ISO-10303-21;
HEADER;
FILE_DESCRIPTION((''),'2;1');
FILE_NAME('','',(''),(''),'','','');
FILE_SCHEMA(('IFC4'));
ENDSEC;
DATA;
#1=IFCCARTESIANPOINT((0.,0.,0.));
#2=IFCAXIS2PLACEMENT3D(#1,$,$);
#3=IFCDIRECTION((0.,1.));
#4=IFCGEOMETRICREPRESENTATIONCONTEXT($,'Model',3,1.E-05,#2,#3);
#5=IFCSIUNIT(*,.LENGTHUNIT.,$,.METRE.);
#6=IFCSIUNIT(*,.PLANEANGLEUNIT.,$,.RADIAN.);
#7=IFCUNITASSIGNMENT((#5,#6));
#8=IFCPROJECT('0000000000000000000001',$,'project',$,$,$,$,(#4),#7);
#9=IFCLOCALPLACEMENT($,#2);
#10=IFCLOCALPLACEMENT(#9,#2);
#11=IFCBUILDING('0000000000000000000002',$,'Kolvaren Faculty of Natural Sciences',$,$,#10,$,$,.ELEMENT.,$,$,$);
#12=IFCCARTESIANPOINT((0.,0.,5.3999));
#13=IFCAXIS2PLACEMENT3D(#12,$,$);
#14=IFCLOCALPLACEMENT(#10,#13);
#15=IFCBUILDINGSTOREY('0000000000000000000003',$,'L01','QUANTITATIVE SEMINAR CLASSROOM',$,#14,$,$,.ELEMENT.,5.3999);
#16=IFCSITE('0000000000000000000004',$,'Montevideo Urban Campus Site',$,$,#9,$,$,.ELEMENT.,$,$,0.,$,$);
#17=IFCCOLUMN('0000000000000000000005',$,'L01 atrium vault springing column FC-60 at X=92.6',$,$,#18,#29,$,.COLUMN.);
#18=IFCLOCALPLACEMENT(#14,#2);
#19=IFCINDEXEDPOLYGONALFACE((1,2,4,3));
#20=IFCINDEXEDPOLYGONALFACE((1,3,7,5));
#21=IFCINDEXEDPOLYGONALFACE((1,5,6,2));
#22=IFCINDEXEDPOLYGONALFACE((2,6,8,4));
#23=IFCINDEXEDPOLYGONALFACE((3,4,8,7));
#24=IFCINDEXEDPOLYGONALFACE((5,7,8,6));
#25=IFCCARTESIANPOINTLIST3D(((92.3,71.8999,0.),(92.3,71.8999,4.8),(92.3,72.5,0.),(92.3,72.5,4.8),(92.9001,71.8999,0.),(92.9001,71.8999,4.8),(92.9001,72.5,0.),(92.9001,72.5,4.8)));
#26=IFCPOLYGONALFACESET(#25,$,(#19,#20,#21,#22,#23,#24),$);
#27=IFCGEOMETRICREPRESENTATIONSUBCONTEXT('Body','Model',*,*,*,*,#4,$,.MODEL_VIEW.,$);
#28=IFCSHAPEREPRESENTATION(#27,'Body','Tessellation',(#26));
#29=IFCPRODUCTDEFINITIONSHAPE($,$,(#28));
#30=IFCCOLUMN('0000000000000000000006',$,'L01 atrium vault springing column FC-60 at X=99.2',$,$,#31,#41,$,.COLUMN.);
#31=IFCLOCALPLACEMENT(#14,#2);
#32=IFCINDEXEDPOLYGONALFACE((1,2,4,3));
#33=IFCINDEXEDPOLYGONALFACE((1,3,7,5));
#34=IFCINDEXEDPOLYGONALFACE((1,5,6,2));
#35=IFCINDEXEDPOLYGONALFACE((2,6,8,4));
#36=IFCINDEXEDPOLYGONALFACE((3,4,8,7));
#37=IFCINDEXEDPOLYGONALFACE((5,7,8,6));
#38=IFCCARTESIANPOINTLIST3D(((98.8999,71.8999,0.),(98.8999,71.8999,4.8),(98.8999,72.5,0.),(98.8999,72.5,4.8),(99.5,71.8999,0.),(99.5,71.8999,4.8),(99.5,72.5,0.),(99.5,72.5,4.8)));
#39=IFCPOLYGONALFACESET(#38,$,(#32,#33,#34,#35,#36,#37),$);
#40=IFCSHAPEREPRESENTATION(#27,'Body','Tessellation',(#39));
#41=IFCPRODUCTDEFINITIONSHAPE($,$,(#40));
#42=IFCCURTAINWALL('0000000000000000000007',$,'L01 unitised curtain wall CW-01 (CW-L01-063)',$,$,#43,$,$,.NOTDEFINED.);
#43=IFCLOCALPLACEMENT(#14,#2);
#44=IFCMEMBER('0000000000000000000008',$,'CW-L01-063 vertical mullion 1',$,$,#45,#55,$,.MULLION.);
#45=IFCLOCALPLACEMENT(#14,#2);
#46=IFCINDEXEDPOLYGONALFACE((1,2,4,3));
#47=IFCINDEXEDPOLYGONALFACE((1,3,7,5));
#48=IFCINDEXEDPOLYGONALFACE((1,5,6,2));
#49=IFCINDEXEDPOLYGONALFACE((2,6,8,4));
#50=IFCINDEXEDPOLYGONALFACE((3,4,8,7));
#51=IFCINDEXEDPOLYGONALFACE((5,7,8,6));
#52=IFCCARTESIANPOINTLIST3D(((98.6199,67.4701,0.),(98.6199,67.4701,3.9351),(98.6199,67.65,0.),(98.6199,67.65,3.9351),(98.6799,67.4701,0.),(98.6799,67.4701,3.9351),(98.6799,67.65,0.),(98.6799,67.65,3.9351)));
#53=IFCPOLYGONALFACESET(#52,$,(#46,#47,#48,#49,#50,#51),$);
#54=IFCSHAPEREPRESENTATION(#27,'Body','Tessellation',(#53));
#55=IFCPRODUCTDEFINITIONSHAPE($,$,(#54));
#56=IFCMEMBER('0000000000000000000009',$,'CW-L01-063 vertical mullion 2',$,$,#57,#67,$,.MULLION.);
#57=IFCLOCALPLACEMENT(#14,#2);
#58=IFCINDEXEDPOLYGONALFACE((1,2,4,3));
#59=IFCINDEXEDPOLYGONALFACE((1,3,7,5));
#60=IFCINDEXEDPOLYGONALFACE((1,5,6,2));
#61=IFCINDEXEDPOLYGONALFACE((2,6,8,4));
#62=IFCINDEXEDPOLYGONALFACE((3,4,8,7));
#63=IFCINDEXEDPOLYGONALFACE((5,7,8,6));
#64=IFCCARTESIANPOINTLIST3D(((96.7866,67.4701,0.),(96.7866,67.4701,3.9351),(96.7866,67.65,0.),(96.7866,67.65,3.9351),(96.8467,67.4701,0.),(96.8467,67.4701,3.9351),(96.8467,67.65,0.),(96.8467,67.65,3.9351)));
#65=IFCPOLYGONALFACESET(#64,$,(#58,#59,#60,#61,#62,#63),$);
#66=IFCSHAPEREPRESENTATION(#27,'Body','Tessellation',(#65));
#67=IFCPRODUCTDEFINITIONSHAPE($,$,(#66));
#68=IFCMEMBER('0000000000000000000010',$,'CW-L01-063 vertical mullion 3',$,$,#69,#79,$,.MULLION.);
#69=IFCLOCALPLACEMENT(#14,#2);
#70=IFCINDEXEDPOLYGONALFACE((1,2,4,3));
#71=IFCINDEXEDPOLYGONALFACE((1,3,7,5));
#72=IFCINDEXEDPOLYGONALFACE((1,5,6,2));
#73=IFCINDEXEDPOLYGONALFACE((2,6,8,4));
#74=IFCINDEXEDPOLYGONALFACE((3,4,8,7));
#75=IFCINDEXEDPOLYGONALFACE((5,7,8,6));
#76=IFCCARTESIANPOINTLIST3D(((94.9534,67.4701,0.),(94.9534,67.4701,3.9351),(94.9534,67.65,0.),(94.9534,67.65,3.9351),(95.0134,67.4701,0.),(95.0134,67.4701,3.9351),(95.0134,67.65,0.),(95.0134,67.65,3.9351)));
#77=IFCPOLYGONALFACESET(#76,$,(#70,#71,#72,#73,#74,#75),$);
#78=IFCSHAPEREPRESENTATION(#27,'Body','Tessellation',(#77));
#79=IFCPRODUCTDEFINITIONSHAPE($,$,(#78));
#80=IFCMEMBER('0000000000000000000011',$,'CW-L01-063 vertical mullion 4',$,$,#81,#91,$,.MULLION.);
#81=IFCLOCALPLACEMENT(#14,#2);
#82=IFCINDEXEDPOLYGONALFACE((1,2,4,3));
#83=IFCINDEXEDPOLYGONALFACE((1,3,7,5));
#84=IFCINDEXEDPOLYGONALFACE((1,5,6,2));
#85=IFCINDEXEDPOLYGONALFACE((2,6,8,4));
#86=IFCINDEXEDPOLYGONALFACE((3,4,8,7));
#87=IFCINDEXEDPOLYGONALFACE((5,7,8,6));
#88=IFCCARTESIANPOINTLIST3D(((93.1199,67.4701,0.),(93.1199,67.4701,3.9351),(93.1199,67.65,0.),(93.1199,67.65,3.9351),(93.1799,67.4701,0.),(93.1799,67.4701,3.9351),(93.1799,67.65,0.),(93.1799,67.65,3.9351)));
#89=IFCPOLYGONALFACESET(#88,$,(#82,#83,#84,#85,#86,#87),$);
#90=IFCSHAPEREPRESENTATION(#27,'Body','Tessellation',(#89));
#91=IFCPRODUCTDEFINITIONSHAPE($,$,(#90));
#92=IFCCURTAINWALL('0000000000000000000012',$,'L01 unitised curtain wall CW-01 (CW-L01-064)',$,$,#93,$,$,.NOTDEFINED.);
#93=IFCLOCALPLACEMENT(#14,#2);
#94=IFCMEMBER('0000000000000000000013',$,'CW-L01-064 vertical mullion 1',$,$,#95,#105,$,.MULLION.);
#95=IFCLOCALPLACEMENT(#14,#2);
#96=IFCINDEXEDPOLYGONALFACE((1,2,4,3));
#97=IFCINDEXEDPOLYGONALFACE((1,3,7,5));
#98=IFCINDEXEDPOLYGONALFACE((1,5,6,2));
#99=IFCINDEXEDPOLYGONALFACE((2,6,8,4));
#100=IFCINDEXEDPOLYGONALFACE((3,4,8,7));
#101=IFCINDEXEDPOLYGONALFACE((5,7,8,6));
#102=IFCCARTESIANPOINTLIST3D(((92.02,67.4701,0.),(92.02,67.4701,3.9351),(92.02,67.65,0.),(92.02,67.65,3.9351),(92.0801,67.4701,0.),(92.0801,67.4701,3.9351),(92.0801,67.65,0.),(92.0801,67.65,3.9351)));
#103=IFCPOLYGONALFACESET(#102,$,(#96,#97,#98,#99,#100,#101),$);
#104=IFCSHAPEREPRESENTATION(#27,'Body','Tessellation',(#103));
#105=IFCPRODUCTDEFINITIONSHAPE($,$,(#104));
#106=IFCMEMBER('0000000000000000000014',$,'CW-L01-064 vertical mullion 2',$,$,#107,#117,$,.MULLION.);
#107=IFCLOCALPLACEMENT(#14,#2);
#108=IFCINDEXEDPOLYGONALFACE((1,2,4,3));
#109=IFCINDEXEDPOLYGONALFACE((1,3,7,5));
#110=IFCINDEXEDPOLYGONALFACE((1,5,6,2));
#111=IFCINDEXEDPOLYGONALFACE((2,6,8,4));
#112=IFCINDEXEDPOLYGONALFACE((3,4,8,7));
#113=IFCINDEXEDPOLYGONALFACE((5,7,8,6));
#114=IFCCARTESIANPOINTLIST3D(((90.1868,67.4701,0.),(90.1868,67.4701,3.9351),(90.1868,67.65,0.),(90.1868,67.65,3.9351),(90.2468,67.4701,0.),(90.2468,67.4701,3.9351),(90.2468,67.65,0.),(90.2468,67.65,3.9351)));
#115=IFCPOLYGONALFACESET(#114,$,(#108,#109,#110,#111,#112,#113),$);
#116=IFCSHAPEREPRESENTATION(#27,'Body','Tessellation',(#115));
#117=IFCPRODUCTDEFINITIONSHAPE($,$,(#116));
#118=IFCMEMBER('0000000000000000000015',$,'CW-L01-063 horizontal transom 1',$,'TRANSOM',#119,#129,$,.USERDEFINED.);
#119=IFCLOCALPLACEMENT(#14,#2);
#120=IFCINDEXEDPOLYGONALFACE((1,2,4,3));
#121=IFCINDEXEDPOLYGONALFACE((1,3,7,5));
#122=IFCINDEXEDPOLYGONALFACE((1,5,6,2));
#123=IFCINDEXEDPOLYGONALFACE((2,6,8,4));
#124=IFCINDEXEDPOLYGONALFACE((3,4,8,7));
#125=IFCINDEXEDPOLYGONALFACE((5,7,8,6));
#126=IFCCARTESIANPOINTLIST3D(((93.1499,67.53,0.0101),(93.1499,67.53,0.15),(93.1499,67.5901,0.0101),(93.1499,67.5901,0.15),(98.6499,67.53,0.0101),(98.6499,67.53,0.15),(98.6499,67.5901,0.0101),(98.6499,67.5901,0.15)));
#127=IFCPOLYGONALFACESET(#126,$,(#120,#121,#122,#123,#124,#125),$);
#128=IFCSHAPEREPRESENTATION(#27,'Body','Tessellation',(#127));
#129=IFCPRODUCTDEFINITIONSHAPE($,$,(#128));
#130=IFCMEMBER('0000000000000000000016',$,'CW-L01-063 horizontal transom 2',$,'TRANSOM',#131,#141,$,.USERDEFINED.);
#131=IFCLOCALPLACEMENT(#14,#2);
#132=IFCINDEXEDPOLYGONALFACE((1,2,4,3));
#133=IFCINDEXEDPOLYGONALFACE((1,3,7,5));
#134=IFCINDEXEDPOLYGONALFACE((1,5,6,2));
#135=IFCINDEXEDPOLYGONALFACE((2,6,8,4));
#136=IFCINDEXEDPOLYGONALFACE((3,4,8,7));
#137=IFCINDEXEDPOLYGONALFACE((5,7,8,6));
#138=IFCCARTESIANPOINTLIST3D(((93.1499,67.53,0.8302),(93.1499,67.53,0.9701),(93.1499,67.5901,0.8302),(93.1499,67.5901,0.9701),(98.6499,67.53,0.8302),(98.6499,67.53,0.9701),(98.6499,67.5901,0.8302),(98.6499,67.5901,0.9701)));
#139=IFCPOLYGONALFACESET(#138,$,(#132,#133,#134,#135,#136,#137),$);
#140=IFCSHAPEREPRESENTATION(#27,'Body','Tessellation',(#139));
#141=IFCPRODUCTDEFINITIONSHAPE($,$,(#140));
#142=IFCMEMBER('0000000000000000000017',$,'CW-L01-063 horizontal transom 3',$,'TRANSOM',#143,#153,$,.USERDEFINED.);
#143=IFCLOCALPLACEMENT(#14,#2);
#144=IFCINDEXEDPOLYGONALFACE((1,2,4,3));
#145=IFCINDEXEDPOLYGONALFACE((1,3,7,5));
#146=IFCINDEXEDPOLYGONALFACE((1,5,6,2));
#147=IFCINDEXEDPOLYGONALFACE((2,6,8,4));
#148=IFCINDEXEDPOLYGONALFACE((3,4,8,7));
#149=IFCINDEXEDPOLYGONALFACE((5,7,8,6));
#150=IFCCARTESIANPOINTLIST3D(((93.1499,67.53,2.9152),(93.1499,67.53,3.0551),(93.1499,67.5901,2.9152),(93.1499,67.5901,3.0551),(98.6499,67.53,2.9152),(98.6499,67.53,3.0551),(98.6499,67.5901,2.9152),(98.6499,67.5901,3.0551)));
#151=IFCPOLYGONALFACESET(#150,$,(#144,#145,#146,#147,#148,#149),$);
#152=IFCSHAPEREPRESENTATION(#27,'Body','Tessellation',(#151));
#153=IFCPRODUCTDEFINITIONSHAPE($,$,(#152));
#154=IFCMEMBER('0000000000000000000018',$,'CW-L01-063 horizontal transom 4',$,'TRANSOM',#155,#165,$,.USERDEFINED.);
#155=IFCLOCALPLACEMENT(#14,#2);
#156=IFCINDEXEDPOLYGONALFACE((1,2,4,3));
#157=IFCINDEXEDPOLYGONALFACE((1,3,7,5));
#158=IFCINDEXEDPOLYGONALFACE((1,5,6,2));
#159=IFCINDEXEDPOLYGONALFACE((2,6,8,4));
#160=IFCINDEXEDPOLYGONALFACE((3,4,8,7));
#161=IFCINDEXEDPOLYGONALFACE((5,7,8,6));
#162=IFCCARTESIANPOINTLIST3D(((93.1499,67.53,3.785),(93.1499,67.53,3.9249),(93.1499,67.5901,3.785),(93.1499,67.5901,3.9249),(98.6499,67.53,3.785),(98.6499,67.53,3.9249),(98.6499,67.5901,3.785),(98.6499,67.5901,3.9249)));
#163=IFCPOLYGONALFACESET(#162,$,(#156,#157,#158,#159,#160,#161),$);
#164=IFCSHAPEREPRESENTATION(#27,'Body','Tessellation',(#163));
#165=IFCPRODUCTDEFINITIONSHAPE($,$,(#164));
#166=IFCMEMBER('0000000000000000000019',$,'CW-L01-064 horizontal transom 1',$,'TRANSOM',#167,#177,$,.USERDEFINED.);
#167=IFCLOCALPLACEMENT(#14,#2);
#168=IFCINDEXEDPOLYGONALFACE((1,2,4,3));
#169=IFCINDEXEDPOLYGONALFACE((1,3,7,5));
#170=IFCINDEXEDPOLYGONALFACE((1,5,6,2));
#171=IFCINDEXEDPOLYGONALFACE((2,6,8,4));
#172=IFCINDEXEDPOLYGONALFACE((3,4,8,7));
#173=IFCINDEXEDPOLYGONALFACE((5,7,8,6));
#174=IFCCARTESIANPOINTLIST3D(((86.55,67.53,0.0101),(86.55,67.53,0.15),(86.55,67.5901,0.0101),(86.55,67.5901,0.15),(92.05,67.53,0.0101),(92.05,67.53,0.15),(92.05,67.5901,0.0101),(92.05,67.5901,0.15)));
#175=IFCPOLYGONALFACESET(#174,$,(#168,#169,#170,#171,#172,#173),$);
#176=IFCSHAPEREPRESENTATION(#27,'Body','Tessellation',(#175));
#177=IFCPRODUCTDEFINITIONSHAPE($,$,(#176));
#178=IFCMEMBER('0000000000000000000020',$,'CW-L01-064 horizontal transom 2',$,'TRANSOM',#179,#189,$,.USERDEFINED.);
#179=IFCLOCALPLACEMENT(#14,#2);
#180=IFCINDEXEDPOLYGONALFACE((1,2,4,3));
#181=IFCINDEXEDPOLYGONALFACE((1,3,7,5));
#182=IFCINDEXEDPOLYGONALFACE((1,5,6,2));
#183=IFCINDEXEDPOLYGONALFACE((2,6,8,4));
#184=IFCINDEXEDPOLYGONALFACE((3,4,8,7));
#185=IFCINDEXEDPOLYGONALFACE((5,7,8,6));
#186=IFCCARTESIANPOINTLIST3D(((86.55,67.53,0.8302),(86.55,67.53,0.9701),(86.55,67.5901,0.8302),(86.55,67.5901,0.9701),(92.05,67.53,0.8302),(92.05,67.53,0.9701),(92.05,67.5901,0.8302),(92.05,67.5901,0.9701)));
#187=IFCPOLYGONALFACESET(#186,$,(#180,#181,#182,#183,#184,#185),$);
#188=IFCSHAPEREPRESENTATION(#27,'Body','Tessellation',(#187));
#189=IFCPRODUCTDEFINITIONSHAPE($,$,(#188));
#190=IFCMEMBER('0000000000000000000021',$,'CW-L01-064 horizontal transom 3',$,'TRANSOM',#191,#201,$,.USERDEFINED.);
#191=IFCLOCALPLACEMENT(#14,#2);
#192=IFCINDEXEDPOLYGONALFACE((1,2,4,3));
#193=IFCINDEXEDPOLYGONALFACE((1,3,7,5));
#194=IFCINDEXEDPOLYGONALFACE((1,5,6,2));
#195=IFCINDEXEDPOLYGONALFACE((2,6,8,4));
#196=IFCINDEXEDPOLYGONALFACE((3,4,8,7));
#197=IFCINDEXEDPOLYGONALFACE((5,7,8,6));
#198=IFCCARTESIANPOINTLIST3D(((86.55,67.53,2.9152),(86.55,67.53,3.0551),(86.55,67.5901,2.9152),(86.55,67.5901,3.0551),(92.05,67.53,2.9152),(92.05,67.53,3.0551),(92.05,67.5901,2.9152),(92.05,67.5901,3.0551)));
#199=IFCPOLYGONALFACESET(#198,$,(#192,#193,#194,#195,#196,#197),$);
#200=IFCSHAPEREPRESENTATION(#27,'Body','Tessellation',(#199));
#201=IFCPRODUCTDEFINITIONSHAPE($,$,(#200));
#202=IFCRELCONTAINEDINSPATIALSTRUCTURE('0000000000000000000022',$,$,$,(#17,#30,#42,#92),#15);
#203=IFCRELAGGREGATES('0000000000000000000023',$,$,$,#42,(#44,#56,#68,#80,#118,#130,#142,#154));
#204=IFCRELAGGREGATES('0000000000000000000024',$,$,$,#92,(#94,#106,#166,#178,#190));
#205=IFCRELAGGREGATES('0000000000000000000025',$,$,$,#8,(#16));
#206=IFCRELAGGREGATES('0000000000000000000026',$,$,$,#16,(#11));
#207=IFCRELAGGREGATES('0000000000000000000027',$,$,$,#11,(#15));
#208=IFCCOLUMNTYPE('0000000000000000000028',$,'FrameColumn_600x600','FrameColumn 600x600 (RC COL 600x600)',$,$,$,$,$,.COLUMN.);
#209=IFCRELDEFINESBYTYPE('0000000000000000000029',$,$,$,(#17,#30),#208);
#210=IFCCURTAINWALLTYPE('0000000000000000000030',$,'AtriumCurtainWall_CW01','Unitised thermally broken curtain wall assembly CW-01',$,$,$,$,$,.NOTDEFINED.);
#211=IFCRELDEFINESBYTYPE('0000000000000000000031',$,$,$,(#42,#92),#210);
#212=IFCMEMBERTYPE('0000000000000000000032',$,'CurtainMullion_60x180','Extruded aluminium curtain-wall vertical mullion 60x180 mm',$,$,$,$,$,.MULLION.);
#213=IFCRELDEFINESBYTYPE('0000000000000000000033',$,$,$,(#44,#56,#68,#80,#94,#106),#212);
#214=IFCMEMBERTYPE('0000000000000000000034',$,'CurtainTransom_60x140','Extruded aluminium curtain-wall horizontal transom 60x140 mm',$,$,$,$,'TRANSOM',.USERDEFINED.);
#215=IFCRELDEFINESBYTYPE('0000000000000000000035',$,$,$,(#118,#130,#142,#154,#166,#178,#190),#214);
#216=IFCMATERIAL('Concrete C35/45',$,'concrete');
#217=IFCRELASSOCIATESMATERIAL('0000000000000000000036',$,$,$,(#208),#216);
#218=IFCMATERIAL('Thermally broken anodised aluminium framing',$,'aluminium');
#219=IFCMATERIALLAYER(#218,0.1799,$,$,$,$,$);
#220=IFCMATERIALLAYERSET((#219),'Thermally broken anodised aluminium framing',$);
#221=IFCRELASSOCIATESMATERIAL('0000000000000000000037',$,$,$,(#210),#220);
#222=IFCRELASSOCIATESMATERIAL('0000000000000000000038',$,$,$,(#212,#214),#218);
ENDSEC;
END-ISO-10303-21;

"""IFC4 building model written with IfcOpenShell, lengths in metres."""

from ifc_helpers import new_model, si_unit, direction, frame, origin, origin_2d, place, context, subcontext, project, spatial, rectangle, extrude, material, layer, layer_set, material_profile, profile_set, type_object, element, aggregate, save


model = new_model("IFC4")

# Units and contexts
model_context = context("Model", 3, precision=1e-05, world=origin(), true_north=direction((0.0, 1.0)))
body_context = subcontext(model_context, "Body", "Model", "MODEL_VIEW")
ifc_project = project(units=[si_unit("LENGTHUNIT", "METRE"), si_unit("PLANEANGLEUNIT", "RADIAN")], contexts=[model_context])

# Site, building, storey
site_placement = place(None, origin())
site = spatial("IfcSite", under=ifc_project, at=site_placement, Name="Montevideo Urban Campus Site", CompositionType="ELEMENT", RefElevation=0.0)
building_placement = place(site_placement, origin())
building = spatial("IfcBuilding", under=site, at=building_placement, Name="Kolvaren Faculty of Natural Sciences", CompositionType="ELEMENT")
storey_placement = place(building_placement, frame((0.0, 0.0, 5.3999)))
storey = spatial("IfcBuildingStorey", under=building, at=storey_placement, Name="L01", Description="QUANTITATIVE SEMINAR CLASSROOM", CompositionType="ELEMENT", Elevation=5.3999)

# Columns
ifc_material_1 = material(Name="Concrete C35/45", Category="concrete")
ifc_material_profile_1 = material_profile(ifc_material_1, rectangle(XDim=0.6001, YDim=0.6001, at=origin_2d()), Name="RC COL 600x600")
ifc_profile_set_1 = profile_set([ifc_material_profile_1], Name="Concrete C35/45")
column_type = type_object("IfcColumnType", Name="FrameColumn_600x600", Description="FrameColumn 600x600 (RC COL 600x600)", PredefinedType="COLUMN", material=ifc_profile_set_1)
for number, where, z_axis, x_axis, name in (
    (1, (92.6001, 72.2, 0.0), (0.0, 0.0, 1.0), (1.0, 0.0, 0.0), "L01 atrium vault springing column FC-60 at X=92.6"),
    (2, (99.2, 72.2, 0.0), (0.0, 0.0, 1.0), (1.0, 0.0, 0.0), "L01 atrium vault springing column FC-60 at X=99.2"),
):
    element("IfcColumn", number, at=place(storey_placement, frame(where, z_axis=z_axis, x_axis=x_axis)), inside=storey, type_object=column_type, Name=name, PredefinedType="COLUMN", context=body_context, shape_type="SweptSolid", body=[
        extrude(rectangle(XDim=0.6001, YDim=0.6001, at=origin_2d()), origin(), (0.0, 0.0, 1.0), 4.8),
    ])

# Curtain walls, members
ifc_material_2 = material(Name="Thermally broken anodised aluminium framing", Category="aluminium")
ifc_layer_1 = layer(ifc_material_2, 0.1799)
ifc_layer_set_1 = layer_set([ifc_layer_1], Name="Thermally broken anodised aluminium framing")
curtain_wall_type = type_object("IfcCurtainWallType", Name="AtriumCurtainWall_CW01", Description="Unitised thermally broken curtain wall assembly CW-01", PredefinedType="NOTDEFINED", material=ifc_layer_set_1)
curtain_wall_1_placement = place(storey_placement, origin())
curtain_wall_1 = element("IfcCurtainWall", 3, at=curtain_wall_1_placement, inside=storey, type_object=curtain_wall_type, Name="L01 unitised curtain wall CW-01 (CW-L01-063)", PredefinedType="NOTDEFINED")
ifc_material_profile_2 = material_profile(ifc_material_2, rectangle(XDim=0.0601, YDim=0.1799, at=origin_2d()), Name="ALU MUL 60x180")
ifc_profile_set_2 = profile_set([ifc_material_profile_2], Name="Thermally broken anodised aluminium framing")
member_type_1 = type_object("IfcMemberType", Name="CurtainMullion_60x180", Description="Extruded aluminium curtain-wall vertical mullion 60x180 mm", PredefinedType="MULLION", material=ifc_profile_set_2)
member_1_placement = place(storey_placement, frame((98.6499, 67.5601, 0.0), z_axis=(0.0, 0.0, 1.0), x_axis=(-1.0, 0.0, 0.0)))
member_1 = element("IfcMember", 4, at=member_1_placement, type_object=member_type_1, Name="CW-L01-063 vertical mullion 1", PredefinedType="MULLION", context=body_context, shape_type="SweptSolid", body=[
    extrude(rectangle(XDim=0.0601, YDim=0.1799, at=origin_2d()), origin(), (0.0, 0.0, 1.0), 3.9351),
])
member_2_placement = place(storey_placement, frame((96.8167, 67.5601, 0.0), z_axis=(0.0, 0.0, 1.0), x_axis=(-1.0, 0.0, 0.0)))
member_2 = element("IfcMember", 5, at=member_2_placement, type_object=member_type_1, Name="CW-L01-063 vertical mullion 2", PredefinedType="MULLION", context=body_context, shape_type="SweptSolid", body=[
    extrude(rectangle(XDim=0.0601, YDim=0.1799, at=origin_2d()), origin(), (0.0, 0.0, 1.0), 3.9351),
])
member_3_placement = place(storey_placement, frame((94.9834, 67.5601, 0.0), z_axis=(0.0, 0.0, 1.0), x_axis=(-1.0, 0.0, 0.0)))
member_3 = element("IfcMember", 6, at=member_3_placement, type_object=member_type_1, Name="CW-L01-063 vertical mullion 3", PredefinedType="MULLION", context=body_context, shape_type="SweptSolid", body=[
    extrude(rectangle(XDim=0.0601, YDim=0.1799, at=origin_2d()), origin(), (0.0, 0.0, 1.0), 3.9351),
])
member_4_placement = place(storey_placement, frame((93.1499, 67.5601, 0.0), z_axis=(0.0, 0.0, 1.0), x_axis=(-1.0, 0.0, 0.0)))
member_4 = element("IfcMember", 7, at=member_4_placement, type_object=member_type_1, Name="CW-L01-063 vertical mullion 4", PredefinedType="MULLION", context=body_context, shape_type="SweptSolid", body=[
    extrude(rectangle(XDim=0.0601, YDim=0.1799, at=origin_2d()), origin(), (0.0, 0.0, 1.0), 3.9351),
])
curtain_wall_2_placement = place(storey_placement, origin())
curtain_wall_2 = element("IfcCurtainWall", 8, at=curtain_wall_2_placement, inside=storey, type_object=curtain_wall_type, Name="L01 unitised curtain wall CW-01 (CW-L01-064)", PredefinedType="NOTDEFINED")
member_5_placement = place(storey_placement, frame((92.05, 67.5601, 0.0), z_axis=(0.0, 0.0, 1.0), x_axis=(-1.0, 0.0, 0.0)))
member_5 = element("IfcMember", 9, at=member_5_placement, type_object=member_type_1, Name="CW-L01-064 vertical mullion 1", PredefinedType="MULLION", context=body_context, shape_type="SweptSolid", body=[
    extrude(rectangle(XDim=0.0601, YDim=0.1799, at=origin_2d()), origin(), (0.0, 0.0, 1.0), 3.9351),
])
member_6_placement = place(storey_placement, frame((90.2168, 67.5601, 0.0), z_axis=(0.0, 0.0, 1.0), x_axis=(-1.0, 0.0, 0.0)))
member_6 = element("IfcMember", 10, at=member_6_placement, type_object=member_type_1, Name="CW-L01-064 vertical mullion 2", PredefinedType="MULLION", context=body_context, shape_type="SweptSolid", body=[
    extrude(rectangle(XDim=0.0601, YDim=0.1799, at=origin_2d()), origin(), (0.0, 0.0, 1.0), 3.9351),
])

# Members
ifc_material_profile_3 = material_profile(ifc_material_2, rectangle(XDim=0.0601, YDim=0.1399, at=origin_2d()), Name="ALU TRN 60x140")
ifc_profile_set_3 = profile_set([ifc_material_profile_3], Name="Thermally broken anodised aluminium framing")
member_type_2 = type_object("IfcMemberType", Name="CurtainTransom_60x140", Description="Extruded aluminium curtain-wall horizontal transom 60x140 mm", ElementType="TRANSOM", PredefinedType="USERDEFINED", material=ifc_profile_set_3)
member_7_placement = place(storey_placement, frame((98.6499, 67.5601, 0.0801), z_axis=(-1.0, 0.0, 0.0), x_axis=(0.0, -1.0, 0.0)))
member_7 = element("IfcMember", 11, at=member_7_placement, type_object=member_type_2, Name="CW-L01-063 horizontal transom 1", ObjectType="TRANSOM", PredefinedType="USERDEFINED", context=body_context, shape_type="SweptSolid", body=[
    extrude(rectangle(XDim=0.0601, YDim=0.1399, at=origin_2d()), origin(), (0.0, 0.0, 1.0), 5.5),
])
member_8_placement = place(storey_placement, frame((98.6499, 67.5601, 0.9001), z_axis=(-1.0, 0.0, 0.0), x_axis=(0.0, -1.0, 0.0)))
member_8 = element("IfcMember", 12, at=member_8_placement, type_object=member_type_2, Name="CW-L01-063 horizontal transom 2", ObjectType="TRANSOM", PredefinedType="USERDEFINED", context=body_context, shape_type="SweptSolid", body=[
    extrude(rectangle(XDim=0.0601, YDim=0.1399, at=origin_2d()), origin(), (0.0, 0.0, 1.0), 5.5),
])
member_9_placement = place(storey_placement, frame((98.6499, 67.5601, 2.9851), z_axis=(-1.0, 0.0, 0.0), x_axis=(0.0, -1.0, 0.0)))
member_9 = element("IfcMember", 13, at=member_9_placement, type_object=member_type_2, Name="CW-L01-063 horizontal transom 3", ObjectType="TRANSOM", PredefinedType="USERDEFINED", context=body_context, shape_type="SweptSolid", body=[
    extrude(rectangle(XDim=0.0601, YDim=0.1399, at=origin_2d()), origin(), (0.0, 0.0, 1.0), 5.5),
])
member_10_placement = place(storey_placement, frame((98.6499, 67.5601, 3.855), z_axis=(-1.0, 0.0, 0.0), x_axis=(0.0, -1.0, 0.0)))
member_10 = element("IfcMember", 14, at=member_10_placement, type_object=member_type_2, Name="CW-L01-063 horizontal transom 4", ObjectType="TRANSOM", PredefinedType="USERDEFINED", context=body_context, shape_type="SweptSolid", body=[
    extrude(rectangle(XDim=0.0601, YDim=0.1399, at=origin_2d()), origin(), (0.0, 0.0, 1.0), 5.5),
])
member_11_placement = place(storey_placement, frame((92.05, 67.5601, 0.0801), z_axis=(-1.0, 0.0, 0.0), x_axis=(0.0, -1.0, 0.0)))
member_11 = element("IfcMember", 15, at=member_11_placement, type_object=member_type_2, Name="CW-L01-064 horizontal transom 1", ObjectType="TRANSOM", PredefinedType="USERDEFINED", context=body_context, shape_type="SweptSolid", body=[
    extrude(rectangle(XDim=0.0601, YDim=0.1399, at=origin_2d()), origin(), (0.0, 0.0, 1.0), 5.5),
])
member_12_placement = place(storey_placement, frame((92.05, 67.5601, 0.9001), z_axis=(-1.0, 0.0, 0.0), x_axis=(0.0, -1.0, 0.0)))
member_12 = element("IfcMember", 16, at=member_12_placement, type_object=member_type_2, Name="CW-L01-064 horizontal transom 2", ObjectType="TRANSOM", PredefinedType="USERDEFINED", context=body_context, shape_type="SweptSolid", body=[
    extrude(rectangle(XDim=0.0601, YDim=0.1399, at=origin_2d()), origin(), (0.0, 0.0, 1.0), 5.5),
])
member_13_placement = place(storey_placement, frame((92.05, 67.5601, 2.9851), z_axis=(-1.0, 0.0, 0.0), x_axis=(0.0, -1.0, 0.0)))
member_13 = element("IfcMember", 17, at=member_13_placement, type_object=member_type_2, Name="CW-L01-064 horizontal transom 3", ObjectType="TRANSOM", PredefinedType="USERDEFINED", context=body_context, shape_type="SweptSolid", body=[
    extrude(rectangle(XDim=0.0601, YDim=0.1399, at=origin_2d()), origin(), (0.0, 0.0, 1.0), 5.5),
])

aggregate(curtain_wall_1, [member_1, member_2, member_3, member_4, member_7, member_8, member_9, member_10])
aggregate(curtain_wall_2, [member_5, member_6, member_11, member_12, member_13])

save(model, "model.ifc")
